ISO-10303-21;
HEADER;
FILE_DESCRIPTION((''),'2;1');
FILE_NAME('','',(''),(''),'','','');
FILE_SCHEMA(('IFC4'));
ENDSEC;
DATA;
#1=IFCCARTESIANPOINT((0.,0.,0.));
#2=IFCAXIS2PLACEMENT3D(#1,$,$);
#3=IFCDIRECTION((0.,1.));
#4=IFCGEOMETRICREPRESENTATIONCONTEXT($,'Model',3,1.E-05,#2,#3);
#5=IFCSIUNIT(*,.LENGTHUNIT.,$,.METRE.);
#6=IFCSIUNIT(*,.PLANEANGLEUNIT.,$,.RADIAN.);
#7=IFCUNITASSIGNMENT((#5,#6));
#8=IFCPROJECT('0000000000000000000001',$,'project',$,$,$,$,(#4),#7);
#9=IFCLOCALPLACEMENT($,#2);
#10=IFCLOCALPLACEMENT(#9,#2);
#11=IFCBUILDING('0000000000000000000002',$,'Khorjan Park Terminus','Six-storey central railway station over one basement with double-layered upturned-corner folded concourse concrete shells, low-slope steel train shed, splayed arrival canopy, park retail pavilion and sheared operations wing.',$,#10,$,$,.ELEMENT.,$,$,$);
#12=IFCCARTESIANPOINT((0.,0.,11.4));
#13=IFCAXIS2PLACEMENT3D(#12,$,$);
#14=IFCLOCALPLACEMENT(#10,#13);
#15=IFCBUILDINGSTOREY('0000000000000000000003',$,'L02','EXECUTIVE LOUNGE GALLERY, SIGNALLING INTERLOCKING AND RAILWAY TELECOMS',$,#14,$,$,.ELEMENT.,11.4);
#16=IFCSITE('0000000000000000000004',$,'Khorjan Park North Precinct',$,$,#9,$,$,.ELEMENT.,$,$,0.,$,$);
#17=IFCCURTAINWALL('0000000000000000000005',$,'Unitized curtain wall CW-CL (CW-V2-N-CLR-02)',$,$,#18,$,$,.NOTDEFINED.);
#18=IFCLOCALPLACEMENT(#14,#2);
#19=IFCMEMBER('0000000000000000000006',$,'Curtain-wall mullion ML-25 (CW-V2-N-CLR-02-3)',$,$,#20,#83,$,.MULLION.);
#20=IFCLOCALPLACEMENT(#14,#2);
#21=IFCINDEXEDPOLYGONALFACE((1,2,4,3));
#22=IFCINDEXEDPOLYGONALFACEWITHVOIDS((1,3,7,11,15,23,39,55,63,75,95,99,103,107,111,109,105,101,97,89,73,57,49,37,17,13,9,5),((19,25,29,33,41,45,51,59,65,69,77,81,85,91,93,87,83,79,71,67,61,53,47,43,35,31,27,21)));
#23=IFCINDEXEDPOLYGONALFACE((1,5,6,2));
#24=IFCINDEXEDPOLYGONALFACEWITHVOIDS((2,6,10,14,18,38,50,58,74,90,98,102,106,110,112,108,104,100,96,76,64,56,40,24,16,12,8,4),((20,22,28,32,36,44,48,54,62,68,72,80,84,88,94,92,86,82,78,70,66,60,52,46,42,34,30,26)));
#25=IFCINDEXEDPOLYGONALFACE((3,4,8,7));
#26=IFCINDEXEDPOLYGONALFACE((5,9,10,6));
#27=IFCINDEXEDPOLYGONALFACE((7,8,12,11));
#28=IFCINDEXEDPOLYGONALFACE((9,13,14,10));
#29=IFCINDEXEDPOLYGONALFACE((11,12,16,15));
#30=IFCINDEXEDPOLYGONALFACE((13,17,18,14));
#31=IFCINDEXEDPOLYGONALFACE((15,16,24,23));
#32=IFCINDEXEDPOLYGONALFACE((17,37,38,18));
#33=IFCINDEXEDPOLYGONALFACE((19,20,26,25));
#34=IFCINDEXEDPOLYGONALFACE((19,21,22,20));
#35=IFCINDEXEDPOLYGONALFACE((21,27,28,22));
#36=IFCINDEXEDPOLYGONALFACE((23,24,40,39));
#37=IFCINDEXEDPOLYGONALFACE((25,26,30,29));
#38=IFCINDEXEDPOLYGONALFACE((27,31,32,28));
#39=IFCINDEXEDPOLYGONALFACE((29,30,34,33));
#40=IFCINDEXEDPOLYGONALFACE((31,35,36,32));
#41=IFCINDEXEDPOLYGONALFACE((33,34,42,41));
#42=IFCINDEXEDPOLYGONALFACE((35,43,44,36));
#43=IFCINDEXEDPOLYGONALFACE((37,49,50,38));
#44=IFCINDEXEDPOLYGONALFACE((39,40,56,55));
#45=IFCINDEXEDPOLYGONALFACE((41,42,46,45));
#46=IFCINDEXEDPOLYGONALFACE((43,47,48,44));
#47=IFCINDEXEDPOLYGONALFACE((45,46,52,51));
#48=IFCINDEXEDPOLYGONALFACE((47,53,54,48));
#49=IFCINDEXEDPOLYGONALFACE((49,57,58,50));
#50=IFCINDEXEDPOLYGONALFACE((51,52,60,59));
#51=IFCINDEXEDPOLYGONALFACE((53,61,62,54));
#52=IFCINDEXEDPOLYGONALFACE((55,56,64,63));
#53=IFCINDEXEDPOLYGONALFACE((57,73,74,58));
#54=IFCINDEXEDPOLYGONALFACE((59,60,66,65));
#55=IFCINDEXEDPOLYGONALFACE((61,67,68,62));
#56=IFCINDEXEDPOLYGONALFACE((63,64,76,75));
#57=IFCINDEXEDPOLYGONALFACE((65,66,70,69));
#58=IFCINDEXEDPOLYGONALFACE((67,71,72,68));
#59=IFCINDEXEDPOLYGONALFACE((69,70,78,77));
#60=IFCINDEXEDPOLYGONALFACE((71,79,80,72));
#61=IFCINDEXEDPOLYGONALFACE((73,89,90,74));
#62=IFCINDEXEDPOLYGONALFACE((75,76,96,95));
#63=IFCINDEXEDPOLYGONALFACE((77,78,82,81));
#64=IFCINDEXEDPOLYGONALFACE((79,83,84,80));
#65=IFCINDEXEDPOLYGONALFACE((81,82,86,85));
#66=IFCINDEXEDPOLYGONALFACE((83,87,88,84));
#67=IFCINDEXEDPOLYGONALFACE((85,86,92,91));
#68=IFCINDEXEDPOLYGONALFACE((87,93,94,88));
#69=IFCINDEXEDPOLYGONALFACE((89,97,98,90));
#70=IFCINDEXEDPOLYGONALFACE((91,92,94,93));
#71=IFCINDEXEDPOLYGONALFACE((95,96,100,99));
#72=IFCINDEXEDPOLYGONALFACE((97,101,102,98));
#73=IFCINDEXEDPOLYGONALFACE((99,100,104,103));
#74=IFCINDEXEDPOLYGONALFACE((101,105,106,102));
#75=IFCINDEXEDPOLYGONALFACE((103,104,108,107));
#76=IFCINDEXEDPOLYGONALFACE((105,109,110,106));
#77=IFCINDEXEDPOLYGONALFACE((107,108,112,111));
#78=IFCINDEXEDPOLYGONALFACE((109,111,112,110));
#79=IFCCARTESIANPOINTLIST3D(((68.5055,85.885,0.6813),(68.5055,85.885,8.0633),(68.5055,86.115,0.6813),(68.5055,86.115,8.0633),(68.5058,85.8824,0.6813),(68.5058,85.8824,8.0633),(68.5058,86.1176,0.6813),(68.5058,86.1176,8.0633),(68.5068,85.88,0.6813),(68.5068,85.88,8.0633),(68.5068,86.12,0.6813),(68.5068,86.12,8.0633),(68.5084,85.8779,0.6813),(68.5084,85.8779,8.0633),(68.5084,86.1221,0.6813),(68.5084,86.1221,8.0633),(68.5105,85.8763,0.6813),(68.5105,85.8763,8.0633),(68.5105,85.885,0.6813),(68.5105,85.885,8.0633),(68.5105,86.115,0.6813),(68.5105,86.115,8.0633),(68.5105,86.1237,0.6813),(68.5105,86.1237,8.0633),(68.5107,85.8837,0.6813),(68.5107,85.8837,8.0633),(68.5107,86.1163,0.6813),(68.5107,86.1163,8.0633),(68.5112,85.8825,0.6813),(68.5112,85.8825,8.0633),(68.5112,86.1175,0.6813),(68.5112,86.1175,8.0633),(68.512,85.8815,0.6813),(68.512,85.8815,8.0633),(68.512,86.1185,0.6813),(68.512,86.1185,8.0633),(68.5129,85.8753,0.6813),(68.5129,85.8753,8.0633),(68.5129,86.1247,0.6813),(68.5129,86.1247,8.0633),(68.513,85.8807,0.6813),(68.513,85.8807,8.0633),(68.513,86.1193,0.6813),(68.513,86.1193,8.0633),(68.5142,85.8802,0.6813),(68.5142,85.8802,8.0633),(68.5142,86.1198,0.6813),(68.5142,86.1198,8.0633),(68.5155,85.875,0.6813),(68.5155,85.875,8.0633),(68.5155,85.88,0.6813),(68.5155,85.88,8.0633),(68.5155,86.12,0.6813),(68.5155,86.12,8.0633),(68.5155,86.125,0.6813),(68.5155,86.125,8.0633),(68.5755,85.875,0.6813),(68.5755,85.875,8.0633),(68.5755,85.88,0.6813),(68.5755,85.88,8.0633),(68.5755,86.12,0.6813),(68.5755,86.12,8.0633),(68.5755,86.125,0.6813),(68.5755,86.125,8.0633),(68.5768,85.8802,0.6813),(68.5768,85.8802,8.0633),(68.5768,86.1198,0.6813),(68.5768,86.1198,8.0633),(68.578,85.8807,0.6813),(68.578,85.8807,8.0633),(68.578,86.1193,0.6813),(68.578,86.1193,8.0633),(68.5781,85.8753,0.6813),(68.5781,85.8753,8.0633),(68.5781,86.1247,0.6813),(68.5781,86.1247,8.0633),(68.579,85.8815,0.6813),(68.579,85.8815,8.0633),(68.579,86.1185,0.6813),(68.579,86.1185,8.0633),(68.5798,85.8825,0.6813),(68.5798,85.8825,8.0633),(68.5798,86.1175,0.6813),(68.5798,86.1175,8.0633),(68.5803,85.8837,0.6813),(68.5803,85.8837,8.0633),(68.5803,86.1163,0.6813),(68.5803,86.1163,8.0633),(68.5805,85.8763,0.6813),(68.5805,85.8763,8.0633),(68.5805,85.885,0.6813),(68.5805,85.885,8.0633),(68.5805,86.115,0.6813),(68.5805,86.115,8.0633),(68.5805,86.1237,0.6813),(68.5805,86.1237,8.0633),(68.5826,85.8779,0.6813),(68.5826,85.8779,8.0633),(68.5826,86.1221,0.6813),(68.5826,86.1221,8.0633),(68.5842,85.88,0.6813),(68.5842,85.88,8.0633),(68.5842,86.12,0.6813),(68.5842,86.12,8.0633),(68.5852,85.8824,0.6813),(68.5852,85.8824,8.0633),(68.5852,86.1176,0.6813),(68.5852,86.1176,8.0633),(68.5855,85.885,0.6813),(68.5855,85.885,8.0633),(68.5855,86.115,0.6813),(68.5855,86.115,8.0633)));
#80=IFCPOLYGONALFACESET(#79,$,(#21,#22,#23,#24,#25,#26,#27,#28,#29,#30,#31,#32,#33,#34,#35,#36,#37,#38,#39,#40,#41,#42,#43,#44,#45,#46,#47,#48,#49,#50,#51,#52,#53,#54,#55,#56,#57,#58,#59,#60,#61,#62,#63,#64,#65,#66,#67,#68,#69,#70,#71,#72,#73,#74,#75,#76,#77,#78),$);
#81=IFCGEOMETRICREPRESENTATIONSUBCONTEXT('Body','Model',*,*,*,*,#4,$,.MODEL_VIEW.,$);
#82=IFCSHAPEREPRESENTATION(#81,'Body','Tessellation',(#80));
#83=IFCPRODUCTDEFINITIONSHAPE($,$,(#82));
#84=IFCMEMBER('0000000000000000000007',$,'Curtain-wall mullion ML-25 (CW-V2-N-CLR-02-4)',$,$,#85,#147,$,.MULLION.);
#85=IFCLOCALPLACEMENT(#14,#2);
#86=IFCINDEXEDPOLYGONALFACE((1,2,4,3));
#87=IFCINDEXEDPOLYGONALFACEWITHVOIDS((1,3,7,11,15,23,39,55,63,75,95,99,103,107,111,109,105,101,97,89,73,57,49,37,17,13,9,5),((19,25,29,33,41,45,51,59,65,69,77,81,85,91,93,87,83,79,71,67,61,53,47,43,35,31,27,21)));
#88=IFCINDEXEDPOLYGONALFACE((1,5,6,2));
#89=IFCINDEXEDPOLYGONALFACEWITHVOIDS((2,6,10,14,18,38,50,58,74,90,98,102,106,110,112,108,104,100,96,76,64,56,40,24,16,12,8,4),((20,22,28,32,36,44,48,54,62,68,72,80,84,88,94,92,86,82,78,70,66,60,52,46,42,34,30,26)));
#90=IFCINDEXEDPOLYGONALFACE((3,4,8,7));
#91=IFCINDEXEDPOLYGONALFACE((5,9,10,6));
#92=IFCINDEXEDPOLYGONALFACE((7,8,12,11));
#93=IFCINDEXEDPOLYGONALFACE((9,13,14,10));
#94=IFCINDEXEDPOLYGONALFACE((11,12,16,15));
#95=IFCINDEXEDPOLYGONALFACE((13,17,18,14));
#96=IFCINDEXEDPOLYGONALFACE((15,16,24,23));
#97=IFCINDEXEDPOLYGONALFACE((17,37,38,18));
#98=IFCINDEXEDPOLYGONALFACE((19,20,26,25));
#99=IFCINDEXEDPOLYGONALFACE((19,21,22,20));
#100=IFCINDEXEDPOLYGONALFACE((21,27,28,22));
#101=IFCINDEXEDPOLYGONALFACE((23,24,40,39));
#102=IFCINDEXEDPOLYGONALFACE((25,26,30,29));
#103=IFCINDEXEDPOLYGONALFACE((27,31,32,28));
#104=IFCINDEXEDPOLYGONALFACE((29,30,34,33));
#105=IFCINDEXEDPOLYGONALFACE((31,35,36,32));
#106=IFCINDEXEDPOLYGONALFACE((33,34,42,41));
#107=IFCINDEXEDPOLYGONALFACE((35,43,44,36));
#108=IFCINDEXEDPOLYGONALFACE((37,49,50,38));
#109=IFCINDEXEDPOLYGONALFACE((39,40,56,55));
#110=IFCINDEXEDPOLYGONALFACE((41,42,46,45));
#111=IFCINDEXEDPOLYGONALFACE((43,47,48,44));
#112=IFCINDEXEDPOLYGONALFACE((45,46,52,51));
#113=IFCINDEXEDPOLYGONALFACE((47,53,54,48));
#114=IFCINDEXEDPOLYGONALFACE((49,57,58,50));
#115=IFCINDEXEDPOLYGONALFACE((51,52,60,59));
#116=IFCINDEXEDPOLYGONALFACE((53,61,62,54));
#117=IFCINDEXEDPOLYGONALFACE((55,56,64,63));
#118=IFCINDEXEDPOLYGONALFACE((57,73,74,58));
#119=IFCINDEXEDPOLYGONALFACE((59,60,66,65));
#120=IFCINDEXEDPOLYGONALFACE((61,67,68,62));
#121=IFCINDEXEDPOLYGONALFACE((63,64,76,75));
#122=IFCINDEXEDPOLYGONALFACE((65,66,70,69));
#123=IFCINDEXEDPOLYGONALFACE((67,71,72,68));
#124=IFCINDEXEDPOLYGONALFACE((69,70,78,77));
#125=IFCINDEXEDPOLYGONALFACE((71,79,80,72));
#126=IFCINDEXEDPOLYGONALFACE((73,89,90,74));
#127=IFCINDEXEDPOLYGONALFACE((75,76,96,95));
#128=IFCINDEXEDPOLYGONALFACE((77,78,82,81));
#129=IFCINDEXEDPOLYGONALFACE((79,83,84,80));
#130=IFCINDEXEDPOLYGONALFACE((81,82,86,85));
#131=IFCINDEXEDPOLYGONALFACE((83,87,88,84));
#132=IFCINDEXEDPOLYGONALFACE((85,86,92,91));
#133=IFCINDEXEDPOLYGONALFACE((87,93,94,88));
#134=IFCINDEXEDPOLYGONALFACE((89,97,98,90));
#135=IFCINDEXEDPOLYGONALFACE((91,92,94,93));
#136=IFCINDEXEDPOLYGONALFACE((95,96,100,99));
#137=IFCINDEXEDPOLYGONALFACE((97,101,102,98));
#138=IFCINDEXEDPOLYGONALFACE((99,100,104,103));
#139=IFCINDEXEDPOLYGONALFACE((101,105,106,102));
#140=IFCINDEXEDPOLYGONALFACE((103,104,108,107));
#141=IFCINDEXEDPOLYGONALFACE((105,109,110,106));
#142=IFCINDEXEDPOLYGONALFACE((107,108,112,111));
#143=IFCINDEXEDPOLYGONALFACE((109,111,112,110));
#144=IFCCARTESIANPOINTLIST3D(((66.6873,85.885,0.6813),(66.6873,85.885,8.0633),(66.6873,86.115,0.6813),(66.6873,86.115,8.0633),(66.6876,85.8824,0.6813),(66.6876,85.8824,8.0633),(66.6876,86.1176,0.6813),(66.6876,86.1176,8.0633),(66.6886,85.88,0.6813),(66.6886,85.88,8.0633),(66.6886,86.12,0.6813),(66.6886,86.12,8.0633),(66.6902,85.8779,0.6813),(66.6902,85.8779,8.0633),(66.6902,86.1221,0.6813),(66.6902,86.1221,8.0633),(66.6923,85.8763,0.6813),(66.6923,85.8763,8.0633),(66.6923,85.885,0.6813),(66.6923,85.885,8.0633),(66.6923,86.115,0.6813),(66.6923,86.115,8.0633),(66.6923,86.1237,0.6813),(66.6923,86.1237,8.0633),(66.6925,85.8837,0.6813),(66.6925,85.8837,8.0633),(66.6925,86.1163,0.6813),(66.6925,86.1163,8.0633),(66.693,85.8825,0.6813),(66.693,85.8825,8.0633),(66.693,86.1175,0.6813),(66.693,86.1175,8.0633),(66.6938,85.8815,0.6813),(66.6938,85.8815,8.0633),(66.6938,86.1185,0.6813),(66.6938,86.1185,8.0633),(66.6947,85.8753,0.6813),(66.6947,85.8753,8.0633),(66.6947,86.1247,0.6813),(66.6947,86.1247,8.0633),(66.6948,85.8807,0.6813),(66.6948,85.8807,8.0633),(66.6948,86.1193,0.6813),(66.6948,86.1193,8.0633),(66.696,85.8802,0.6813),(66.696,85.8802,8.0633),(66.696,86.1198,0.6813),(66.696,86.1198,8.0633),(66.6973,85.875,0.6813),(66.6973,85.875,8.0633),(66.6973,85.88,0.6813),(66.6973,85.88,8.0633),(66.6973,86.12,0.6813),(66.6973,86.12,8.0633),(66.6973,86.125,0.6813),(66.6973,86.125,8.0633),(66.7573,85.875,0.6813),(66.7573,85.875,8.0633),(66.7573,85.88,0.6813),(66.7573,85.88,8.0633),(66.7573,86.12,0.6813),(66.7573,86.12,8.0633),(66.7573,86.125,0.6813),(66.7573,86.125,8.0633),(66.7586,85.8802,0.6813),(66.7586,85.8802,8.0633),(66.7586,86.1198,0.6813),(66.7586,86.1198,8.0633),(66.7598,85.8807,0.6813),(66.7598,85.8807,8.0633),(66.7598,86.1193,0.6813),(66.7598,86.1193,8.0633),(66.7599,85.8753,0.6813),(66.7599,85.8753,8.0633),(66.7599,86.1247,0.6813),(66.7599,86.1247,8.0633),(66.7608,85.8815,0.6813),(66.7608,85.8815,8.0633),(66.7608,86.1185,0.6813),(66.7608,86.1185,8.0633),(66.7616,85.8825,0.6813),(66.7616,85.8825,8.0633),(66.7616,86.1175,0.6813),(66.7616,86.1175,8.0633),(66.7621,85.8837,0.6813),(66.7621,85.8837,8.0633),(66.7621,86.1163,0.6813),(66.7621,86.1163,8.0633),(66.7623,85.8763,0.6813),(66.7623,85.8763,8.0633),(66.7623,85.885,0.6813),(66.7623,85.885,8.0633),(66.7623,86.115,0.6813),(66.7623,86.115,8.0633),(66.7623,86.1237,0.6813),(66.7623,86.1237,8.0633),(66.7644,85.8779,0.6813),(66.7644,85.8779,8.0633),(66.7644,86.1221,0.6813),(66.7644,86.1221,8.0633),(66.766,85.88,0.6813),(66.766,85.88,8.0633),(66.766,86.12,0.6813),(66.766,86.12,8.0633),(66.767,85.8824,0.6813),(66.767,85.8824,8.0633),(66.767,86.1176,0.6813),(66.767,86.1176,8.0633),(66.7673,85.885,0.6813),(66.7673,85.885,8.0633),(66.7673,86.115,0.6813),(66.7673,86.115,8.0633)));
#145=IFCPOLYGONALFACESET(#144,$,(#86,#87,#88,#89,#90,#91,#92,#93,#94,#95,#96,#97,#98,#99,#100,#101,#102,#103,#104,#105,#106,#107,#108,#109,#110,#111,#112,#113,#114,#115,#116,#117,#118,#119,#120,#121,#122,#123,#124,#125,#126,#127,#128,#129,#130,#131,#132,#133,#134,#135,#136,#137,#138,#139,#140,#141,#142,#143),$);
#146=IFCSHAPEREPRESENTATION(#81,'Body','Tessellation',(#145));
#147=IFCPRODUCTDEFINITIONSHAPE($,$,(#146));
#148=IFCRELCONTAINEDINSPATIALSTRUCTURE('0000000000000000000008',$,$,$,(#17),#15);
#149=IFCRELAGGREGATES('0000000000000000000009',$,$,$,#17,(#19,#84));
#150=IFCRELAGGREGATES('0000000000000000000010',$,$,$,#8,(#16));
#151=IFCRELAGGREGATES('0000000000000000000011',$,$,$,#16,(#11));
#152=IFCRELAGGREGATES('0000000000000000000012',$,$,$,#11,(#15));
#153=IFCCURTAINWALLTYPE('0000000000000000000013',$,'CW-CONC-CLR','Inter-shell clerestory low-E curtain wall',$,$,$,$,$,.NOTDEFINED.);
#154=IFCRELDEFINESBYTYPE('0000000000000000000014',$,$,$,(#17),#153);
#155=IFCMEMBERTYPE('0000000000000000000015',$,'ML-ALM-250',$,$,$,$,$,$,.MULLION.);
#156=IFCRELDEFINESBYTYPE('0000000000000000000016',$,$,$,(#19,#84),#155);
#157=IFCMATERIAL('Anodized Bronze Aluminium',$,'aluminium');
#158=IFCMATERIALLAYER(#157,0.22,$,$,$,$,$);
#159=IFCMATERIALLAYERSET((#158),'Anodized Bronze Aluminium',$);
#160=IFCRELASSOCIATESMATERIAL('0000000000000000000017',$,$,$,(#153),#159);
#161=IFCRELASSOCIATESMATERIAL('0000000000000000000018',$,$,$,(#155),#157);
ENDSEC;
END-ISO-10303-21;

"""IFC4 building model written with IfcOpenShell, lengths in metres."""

from ifc_helpers import new_model, si_unit, direction, frame, origin, origin_2d, place, context, subcontext, project, spatial, hollow_rectangle, extrude, material, layer, layer_set, material_profile, profile_set, type_object, element, aggregate, save


model = new_model("IFC4")

# Units and contexts
model_context = context("Model", 3, precision=1e-05, world=origin(), true_north=direction((0.0, 1.0)))
body_context = subcontext(model_context, "Body", "Model", "MODEL_VIEW")
ifc_project = project(units=[si_unit("LENGTHUNIT", "METRE"), si_unit("PLANEANGLEUNIT", "RADIAN")], contexts=[model_context])

# Site, building, storey
site_placement = place(None, origin())
site = spatial("IfcSite", under=ifc_project, at=site_placement, Name="Khorjan Park North Precinct", CompositionType="ELEMENT", RefElevation=0.0)
building_placement = place(site_placement, origin())
building = spatial("IfcBuilding", under=site, at=building_placement, Name="Khorjan Park Terminus", Description="Six-storey central railway station over one basement with double-layered upturned-corner folded concourse concrete shells, low-slope steel train shed, splayed arrival canopy, park retail pavilion and sheared operations wing.", CompositionType="ELEMENT")
storey_placement = place(building_placement, frame((0.0, 0.0, 11.4)))
storey = spatial("IfcBuildingStorey", under=building, at=storey_placement, Name="L02", Description="EXECUTIVE LOUNGE GALLERY, SIGNALLING INTERLOCKING AND RAILWAY TELECOMS", CompositionType="ELEMENT", Elevation=11.4)

# Curtain wall, members
ifc_material_1 = material(Name="Anodized Bronze Aluminium", Category="aluminium")
ifc_layer_1 = layer(ifc_material_1, 0.22)
ifc_layer_set_1 = layer_set([ifc_layer_1], Name="Anodized Bronze Aluminium")
curtain_wall_type = type_object("IfcCurtainWallType", Name="CW-CONC-CLR", Description="Inter-shell clerestory low-E curtain wall", PredefinedType="NOTDEFINED", material=ifc_layer_set_1)
curtain_wall_placement = place(storey_placement, origin())
curtain_wall = element("IfcCurtainWall", 1, at=curtain_wall_placement, inside=storey, type_object=curtain_wall_type, Name="Unitized curtain wall CW-CL (CW-V2-N-CLR-02)", PredefinedType="NOTDEFINED")
ifc_material_profile_1 = material_profile(ifc_material_1, hollow_rectangle(XDim=0.08, YDim=0.25, WallThickness=0.005, InnerFilletRadius=0.005, OuterFilletRadius=0.01, at=origin_2d()), Name="ALM 80x250x5")
ifc_profile_set_1 = profile_set([ifc_material_profile_1], Name="Anodized Bronze Aluminium")
member_type_1 = type_object("IfcMemberType", Name="ML-ALM-250", PredefinedType="MULLION", material=ifc_profile_set_1)
member_1_placement = place(storey_placement, frame((68.5455, 86.0, 0.6813), z_axis=(0.0, 0.0, 1.0), x_axis=(-1.0, 0.0, 0.0)))
member_1 = element("IfcMember", 2, at=member_1_placement, type_object=member_type_1, Name="Curtain-wall mullion ML-25 (CW-V2-N-CLR-02-3)", PredefinedType="MULLION", context=body_context, shape_type="SweptSolid", body=[
    extrude(hollow_rectangle(XDim=0.08, YDim=0.25, WallThickness=0.005, InnerFilletRadius=0.005, OuterFilletRadius=0.01, at=origin_2d()), origin(), (0.0, 0.0, 1.0), 7.382),
])
member_2_placement = place(storey_placement, frame((66.7273, 86.0, 0.6813), z_axis=(0.0, 0.0, 1.0), x_axis=(-1.0, 0.0, 0.0)))
member_2 = element("IfcMember", 3, at=member_2_placement, type_object=member_type_1, Name="Curtain-wall mullion ML-25 (CW-V2-N-CLR-02-4)", PredefinedType="MULLION", context=body_context, shape_type="SweptSolid", body=[
    extrude(hollow_rectangle(XDim=0.08, YDim=0.25, WallThickness=0.005, InnerFilletRadius=0.005, OuterFilletRadius=0.01, at=origin_2d()), origin(), (0.0, 0.0, 1.0), 7.382),
])

aggregate(curtain_wall, [member_1, member_2])

save(model, "model.ifc")
